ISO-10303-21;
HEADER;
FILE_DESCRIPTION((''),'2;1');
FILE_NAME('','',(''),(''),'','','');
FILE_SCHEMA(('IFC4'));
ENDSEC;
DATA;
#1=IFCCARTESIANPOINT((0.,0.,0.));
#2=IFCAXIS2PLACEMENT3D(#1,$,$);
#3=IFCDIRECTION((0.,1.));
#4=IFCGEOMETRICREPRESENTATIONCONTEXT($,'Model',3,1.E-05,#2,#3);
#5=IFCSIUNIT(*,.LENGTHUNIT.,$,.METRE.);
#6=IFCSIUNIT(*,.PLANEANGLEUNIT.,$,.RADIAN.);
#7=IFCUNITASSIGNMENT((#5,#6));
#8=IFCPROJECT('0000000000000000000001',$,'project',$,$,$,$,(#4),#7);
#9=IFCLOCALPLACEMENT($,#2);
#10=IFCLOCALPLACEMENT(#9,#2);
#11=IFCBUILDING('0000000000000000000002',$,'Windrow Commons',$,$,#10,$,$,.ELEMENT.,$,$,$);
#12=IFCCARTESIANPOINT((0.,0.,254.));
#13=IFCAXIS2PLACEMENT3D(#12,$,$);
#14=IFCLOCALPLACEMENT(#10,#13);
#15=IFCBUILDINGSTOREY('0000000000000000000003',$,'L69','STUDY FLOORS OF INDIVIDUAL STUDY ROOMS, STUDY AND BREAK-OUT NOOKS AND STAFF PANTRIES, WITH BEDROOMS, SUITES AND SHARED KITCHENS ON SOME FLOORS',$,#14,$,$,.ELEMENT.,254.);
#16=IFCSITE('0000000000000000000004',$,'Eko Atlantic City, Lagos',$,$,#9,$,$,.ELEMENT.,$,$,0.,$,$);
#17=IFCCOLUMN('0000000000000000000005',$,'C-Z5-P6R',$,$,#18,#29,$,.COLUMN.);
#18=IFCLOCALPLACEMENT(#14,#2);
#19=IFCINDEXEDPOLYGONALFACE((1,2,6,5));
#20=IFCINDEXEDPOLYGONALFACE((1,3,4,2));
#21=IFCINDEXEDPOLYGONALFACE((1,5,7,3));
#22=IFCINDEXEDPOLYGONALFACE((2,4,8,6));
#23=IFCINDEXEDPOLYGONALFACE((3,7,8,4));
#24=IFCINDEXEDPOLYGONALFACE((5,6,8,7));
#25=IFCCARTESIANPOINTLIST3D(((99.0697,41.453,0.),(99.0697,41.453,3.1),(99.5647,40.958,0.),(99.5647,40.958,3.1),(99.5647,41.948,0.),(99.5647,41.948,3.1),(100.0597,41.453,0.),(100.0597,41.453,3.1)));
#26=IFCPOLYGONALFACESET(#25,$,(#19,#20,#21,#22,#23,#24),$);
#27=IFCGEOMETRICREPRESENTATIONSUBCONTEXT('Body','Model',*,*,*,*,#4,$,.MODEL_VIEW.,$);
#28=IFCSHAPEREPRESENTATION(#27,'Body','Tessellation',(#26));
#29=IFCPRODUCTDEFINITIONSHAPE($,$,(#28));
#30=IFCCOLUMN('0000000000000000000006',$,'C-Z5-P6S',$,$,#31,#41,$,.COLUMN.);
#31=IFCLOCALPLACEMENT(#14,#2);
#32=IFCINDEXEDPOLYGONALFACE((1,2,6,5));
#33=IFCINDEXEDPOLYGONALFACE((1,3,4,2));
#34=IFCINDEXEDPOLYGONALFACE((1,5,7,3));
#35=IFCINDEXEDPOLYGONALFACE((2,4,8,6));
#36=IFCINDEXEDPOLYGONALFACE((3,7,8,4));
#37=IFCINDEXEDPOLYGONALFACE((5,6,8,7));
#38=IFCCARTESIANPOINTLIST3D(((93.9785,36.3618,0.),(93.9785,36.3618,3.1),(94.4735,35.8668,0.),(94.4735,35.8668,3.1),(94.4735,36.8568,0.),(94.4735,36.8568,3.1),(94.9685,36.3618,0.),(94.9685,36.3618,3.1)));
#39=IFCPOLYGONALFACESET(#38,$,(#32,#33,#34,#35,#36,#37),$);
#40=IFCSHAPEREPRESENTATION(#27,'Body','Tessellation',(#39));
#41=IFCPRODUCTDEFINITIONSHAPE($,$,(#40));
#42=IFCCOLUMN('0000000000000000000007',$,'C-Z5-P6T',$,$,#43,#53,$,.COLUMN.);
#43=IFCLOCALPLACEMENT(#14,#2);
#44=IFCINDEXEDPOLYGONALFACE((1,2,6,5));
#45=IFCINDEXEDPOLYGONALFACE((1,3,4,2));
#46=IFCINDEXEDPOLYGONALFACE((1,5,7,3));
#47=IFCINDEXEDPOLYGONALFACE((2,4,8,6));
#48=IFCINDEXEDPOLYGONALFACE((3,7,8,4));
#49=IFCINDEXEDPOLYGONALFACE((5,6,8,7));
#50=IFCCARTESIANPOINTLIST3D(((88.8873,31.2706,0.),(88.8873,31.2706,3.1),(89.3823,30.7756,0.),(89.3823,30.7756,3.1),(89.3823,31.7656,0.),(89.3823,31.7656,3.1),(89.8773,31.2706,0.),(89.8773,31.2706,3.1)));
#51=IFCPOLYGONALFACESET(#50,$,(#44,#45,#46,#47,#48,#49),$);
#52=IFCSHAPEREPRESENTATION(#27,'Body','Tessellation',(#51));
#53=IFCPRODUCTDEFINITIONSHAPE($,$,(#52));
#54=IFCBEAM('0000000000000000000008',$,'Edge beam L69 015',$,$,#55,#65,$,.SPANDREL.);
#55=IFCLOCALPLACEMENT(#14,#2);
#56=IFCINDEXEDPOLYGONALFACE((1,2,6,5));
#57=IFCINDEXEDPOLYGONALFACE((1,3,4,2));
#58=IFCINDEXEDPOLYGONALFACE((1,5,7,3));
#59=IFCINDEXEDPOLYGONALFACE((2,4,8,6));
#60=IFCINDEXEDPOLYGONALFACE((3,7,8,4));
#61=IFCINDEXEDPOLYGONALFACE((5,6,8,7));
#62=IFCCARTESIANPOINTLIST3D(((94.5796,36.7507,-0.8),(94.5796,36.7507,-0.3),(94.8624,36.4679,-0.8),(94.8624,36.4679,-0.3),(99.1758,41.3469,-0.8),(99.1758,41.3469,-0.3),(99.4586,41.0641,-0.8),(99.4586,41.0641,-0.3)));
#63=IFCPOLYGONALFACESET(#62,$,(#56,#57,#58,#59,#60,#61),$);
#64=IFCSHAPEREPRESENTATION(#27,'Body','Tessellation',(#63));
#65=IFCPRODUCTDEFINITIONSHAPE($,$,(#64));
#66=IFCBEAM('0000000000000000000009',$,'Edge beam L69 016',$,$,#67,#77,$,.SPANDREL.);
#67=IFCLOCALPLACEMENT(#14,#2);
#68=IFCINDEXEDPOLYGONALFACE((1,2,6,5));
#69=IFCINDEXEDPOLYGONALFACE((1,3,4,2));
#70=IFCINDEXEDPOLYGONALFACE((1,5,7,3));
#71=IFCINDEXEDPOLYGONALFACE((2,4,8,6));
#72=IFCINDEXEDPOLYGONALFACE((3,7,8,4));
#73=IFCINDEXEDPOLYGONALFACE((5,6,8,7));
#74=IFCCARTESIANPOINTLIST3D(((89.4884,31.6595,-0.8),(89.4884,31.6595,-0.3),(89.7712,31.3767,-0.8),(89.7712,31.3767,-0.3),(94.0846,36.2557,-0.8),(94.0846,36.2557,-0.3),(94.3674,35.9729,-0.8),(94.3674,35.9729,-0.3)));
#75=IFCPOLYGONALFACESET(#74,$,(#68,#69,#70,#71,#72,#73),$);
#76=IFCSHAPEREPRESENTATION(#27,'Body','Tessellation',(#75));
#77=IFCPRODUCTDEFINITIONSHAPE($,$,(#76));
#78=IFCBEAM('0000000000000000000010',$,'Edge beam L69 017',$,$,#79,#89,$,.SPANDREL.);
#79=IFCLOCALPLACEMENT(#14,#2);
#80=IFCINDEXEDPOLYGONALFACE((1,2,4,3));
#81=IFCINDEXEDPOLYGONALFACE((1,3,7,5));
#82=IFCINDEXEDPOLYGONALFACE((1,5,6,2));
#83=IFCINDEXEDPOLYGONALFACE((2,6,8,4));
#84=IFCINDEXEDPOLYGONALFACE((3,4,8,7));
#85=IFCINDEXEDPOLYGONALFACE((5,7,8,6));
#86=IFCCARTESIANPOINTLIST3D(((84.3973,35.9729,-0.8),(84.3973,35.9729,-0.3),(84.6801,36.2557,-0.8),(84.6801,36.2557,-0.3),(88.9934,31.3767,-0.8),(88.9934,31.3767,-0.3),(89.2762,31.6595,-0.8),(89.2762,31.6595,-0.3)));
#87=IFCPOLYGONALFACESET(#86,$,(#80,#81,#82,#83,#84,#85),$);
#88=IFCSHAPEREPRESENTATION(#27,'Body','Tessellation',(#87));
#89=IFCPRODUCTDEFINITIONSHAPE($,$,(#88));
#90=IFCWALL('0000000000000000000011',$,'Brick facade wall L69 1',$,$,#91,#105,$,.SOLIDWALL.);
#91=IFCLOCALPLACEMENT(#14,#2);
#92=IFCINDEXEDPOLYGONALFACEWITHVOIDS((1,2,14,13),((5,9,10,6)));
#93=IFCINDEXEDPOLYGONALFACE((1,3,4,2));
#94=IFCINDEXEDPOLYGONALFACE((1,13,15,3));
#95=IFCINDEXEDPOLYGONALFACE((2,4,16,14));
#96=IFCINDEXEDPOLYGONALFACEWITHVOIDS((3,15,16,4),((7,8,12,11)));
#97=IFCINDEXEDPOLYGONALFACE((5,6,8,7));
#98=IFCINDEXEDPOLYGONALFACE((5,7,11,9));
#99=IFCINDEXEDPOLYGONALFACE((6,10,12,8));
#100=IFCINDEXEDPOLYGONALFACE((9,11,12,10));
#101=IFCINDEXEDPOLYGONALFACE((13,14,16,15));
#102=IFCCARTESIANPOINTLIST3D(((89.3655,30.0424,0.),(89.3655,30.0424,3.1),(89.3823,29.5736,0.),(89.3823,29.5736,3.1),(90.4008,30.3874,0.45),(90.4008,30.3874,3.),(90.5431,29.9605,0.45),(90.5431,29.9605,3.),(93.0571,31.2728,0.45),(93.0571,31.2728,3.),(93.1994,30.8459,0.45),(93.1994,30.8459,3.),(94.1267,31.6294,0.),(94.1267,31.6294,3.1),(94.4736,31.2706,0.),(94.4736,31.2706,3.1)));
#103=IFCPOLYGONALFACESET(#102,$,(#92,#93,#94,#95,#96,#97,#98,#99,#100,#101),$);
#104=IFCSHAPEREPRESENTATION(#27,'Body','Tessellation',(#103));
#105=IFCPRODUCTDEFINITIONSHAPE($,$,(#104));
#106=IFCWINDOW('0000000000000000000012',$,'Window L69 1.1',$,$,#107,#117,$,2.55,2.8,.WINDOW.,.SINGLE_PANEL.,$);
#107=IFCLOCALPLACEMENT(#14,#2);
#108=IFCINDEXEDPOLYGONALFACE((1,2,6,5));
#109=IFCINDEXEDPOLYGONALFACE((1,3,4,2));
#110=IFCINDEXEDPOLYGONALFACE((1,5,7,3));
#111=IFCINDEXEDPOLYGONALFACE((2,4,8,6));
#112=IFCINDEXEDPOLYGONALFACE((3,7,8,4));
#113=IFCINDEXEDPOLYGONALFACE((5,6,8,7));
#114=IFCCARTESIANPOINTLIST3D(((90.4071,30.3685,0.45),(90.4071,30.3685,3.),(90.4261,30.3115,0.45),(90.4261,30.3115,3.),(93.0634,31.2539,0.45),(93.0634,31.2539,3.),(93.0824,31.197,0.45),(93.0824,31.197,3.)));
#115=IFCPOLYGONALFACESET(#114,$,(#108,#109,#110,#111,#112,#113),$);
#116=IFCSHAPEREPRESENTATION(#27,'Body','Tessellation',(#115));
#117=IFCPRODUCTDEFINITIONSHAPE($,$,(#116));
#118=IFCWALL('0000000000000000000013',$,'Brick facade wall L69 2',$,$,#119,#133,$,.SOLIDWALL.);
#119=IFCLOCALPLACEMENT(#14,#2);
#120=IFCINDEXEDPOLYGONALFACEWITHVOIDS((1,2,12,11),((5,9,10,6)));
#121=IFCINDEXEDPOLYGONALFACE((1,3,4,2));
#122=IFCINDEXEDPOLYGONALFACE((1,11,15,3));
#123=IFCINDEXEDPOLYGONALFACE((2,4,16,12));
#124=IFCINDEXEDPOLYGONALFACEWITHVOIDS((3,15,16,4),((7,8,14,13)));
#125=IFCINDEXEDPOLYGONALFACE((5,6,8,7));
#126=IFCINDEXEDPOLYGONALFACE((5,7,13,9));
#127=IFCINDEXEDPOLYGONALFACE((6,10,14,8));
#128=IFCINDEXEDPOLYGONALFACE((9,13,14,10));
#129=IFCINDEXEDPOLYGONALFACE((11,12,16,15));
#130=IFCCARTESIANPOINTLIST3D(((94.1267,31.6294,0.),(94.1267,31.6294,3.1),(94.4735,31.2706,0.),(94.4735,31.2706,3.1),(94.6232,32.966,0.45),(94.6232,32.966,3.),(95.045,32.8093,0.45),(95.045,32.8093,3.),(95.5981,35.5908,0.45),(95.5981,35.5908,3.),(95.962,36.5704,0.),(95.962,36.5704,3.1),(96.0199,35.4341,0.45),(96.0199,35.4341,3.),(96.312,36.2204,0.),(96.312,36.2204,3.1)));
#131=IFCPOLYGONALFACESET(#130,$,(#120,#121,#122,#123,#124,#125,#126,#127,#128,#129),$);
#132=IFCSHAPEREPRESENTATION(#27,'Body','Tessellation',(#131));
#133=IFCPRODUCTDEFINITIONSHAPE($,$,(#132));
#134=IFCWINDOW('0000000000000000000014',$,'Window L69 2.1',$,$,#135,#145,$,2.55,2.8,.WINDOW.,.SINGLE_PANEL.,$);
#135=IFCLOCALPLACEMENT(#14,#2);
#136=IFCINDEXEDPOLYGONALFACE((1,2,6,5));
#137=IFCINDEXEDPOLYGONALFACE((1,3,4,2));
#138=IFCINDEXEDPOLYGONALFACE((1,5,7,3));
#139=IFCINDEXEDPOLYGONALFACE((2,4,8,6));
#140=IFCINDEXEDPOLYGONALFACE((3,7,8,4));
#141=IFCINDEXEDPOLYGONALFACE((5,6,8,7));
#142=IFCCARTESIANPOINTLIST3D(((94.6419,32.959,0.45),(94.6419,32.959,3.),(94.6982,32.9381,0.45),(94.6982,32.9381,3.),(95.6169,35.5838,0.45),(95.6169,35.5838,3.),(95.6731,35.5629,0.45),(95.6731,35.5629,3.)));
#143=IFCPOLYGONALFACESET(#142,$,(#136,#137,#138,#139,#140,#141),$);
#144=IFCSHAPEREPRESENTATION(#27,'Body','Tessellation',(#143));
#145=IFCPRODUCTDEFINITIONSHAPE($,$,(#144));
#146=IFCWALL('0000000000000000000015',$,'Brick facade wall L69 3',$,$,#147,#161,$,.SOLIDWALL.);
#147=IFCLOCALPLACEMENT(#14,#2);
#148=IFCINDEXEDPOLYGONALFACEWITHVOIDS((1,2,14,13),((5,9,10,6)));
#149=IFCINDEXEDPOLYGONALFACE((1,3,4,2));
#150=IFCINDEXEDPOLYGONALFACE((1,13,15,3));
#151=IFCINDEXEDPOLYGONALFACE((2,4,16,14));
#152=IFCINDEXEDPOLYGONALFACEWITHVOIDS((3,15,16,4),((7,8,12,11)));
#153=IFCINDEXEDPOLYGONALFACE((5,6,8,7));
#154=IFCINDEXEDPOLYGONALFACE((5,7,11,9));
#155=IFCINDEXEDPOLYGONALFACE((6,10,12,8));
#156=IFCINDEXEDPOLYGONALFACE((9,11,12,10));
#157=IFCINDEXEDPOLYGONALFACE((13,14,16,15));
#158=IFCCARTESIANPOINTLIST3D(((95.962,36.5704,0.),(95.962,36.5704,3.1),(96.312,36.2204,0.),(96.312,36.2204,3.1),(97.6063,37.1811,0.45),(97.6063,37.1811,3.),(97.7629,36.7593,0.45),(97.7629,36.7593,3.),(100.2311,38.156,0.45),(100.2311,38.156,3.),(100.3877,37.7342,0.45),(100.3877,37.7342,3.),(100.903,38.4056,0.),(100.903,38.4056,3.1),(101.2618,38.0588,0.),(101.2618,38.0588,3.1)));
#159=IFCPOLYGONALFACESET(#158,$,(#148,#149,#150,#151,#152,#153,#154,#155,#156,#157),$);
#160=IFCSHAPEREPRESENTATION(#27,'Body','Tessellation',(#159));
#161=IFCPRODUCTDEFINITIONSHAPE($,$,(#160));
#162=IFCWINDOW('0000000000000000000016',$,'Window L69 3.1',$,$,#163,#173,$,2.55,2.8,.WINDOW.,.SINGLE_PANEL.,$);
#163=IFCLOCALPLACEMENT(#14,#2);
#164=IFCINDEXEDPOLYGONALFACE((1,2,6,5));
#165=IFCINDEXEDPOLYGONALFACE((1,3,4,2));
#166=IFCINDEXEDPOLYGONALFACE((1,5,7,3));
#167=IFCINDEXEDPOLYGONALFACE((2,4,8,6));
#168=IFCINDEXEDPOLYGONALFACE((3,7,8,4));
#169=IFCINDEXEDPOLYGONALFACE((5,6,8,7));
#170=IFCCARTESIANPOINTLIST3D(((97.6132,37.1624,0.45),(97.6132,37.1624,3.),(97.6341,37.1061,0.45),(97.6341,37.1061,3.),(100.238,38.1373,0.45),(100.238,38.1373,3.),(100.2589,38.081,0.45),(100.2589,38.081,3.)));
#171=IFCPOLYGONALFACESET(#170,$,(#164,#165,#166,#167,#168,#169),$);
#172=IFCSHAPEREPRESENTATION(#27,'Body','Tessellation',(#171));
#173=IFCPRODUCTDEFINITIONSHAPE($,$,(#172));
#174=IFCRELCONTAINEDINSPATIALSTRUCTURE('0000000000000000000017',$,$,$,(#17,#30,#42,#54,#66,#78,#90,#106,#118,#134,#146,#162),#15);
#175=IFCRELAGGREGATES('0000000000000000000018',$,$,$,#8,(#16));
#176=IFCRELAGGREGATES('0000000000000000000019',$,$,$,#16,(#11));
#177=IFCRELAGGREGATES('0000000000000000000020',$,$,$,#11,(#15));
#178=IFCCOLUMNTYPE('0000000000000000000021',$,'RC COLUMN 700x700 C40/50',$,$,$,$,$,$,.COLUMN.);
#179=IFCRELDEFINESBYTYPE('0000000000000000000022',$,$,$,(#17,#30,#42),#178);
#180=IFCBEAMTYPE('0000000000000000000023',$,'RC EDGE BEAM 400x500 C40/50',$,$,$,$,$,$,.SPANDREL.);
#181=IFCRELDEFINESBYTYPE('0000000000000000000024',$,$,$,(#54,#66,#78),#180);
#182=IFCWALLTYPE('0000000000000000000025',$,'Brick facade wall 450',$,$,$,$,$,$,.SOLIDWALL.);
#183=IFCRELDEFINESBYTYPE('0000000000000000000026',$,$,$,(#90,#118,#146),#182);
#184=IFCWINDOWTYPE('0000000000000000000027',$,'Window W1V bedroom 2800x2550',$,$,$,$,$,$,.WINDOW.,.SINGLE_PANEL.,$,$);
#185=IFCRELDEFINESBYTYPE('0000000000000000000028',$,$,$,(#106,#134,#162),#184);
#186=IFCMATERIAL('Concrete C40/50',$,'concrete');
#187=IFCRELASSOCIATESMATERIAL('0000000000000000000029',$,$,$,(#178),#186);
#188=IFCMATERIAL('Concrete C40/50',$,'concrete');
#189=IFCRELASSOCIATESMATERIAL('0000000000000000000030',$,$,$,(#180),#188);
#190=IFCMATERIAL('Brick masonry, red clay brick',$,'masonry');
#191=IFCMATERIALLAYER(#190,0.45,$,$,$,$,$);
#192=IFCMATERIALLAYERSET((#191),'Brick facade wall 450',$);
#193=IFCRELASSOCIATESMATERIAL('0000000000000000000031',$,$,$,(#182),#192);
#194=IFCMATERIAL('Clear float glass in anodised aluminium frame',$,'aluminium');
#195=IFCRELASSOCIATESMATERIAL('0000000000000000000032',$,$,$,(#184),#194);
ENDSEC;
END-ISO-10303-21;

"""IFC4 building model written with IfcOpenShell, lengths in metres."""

from ifc_helpers import new_model, si_unit, direction, frame, frame_2d, origin, origin_2d, place, context, subcontext, project, spatial, polyline, rectangle, outline, extrude, material, layer, layer_set, material_profile, profile_set, type_object, element, fill, save


model = new_model("IFC4")

# Units and contexts
model_context = context("Model", 3, precision=1e-05, world=origin(), true_north=direction((0.0, 1.0)))
body_context = subcontext(model_context, "Body", "Model", "MODEL_VIEW")
ifc_project = project(units=[si_unit("LENGTHUNIT", "METRE"), si_unit("PLANEANGLEUNIT", "RADIAN")], contexts=[model_context])

# Site, building, storey
site_placement = place(None, origin())
site = spatial("IfcSite", under=ifc_project, at=site_placement, Name="Eko Atlantic City, Lagos", CompositionType="ELEMENT", RefElevation=0.0)
building_placement = place(site_placement, origin())
building = spatial("IfcBuilding", under=site, at=building_placement, Name="Windrow Commons", CompositionType="ELEMENT")
storey_placement = place(building_placement, frame((0.0, 0.0, 254.0)))
storey = spatial("IfcBuildingStorey", under=building, at=storey_placement, Name="L69", Description="STUDY FLOORS OF INDIVIDUAL STUDY ROOMS, STUDY AND BREAK-OUT NOOKS AND STAFF PANTRIES, WITH BEDROOMS, SUITES AND SHARED KITCHENS ON SOME FLOORS", CompositionType="ELEMENT", Elevation=254.0)

# Columns
ifc_material_1 = material(Name="Concrete C40/50", Category="concrete")
ifc_material_profile_1 = material_profile(ifc_material_1, rectangle(XDim=0.7, YDim=0.7, at=origin_2d()))
ifc_profile_set_1 = profile_set([ifc_material_profile_1], Name="Concrete C40/50")
column_type = type_object("IfcColumnType", Name="RC COLUMN 700x700 C40/50", PredefinedType="COLUMN", material=ifc_profile_set_1)
for number, where, z_axis, x_axis, name in (
    (1, (99.5647, 41.453, 0.0), (0.0, 0.0, 1.0), (0.707107, -0.707107, 0.0), "C-Z5-P6R"),
    (2, (94.4735, 36.3618, 0.0), (0.0, 0.0, 1.0), (0.707107, -0.707107, 0.0), "C-Z5-P6S"),
    (3, (89.3823, 31.2706, 0.0), (0.0, 0.0, 1.0), (0.707107, -0.707107, 0.0), "C-Z5-P6T"),
):
    element("IfcColumn", number, at=place(storey_placement, frame(where, z_axis=z_axis, x_axis=x_axis)), inside=storey, type_object=column_type, Name=name, PredefinedType="COLUMN", context=body_context, shape_type="SweptSolid", body=[
        extrude(rectangle(XDim=0.7, YDim=0.7, at=origin_2d()), origin(), (0.0, 0.0, 1.0), 3.1),
    ])

# Beams
ifc_material_2 = material(Name="Concrete C40/50", Category="concrete")
ifc_material_profile_2 = material_profile(ifc_material_2, rectangle(XDim=0.4, YDim=0.5, at=origin_2d()))
ifc_profile_set_2 = profile_set([ifc_material_profile_2], Name="Concrete C40/50")
beam_type = type_object("IfcBeamType", Name="RC EDGE BEAM 400x500 C40/50", PredefinedType="SPANDREL", material=ifc_profile_set_2)
for number, where, z_axis, x_axis, name in (
    (4, (99.3172, 41.2055, -0.55), (-0.707107, -0.707107, 0.0), (0.707107, -0.707107, 0.0), "Edge beam L69 015"),
    (5, (94.226, 36.1143, -0.55), (-0.707107, -0.707107, 0.0), (0.707107, -0.707107, 0.0), "Edge beam L69 016"),
):
    element("IfcBeam", number, at=place(storey_placement, frame(where, z_axis=z_axis, x_axis=x_axis)), inside=storey, type_object=beam_type, Name=name, PredefinedType="SPANDREL", context=body_context, shape_type="SweptSolid", body=[
        extrude(rectangle(XDim=0.4, YDim=0.5, at=origin_2d()), origin(), (0.0, 0.0, 1.0), 6.5),
    ])
beam_placement = place(storey_placement, frame((89.1348, 31.5181, -0.55), z_axis=(-0.707099, 0.707114, 0.0), x_axis=(-0.707114, -0.707099, 0.0)))
element("IfcBeam", 6, at=beam_placement, inside=storey, type_object=beam_type, Name="Edge beam L69 017", PredefinedType="SPANDREL", context=body_context, shape_type="SweptSolid", body=[
    extrude(rectangle(XDim=0.4, YDim=0.5, at=origin_2d()), origin(), (0.0, 0.0, 1.0), 6.4999),
])

# Walls, openings, windows
ifc_material_3 = material(Name="Brick masonry, red clay brick", Category="masonry")
ifc_layer_1 = layer(ifc_material_3, 0.45)
ifc_layer_set_1 = layer_set([ifc_layer_1], Name="Brick facade wall 450")
wall_type_1 = type_object("IfcWallType", Name="Brick facade wall 450", PredefinedType="SOLIDWALL", material=ifc_layer_set_1)
wall_1_placement = place(storey_placement, frame((89.3739, 29.808, 0.0), z_axis=(0.0, 0.0, 1.0), x_axis=(0.948687, 0.316216, 0.0)))
wall_1 = element("IfcWall", 7, at=wall_1_placement, inside=storey, type_object=wall_type_1, Name="Brick facade wall L69 1", PredefinedType="SOLIDWALL", context=body_context, shape_type="SweptSolid", body=[
    extrude(outline(polyline([(-0.0661, -0.225), (5.3005, -0.225), (5.0849, 0.225), (0.0661, 0.225), (-0.0661, -0.225)])), origin(), (0.0, 0.0, 1.0), 3.1),
])
opening_1_placement = place(wall_1_placement, frame((1.1574, 0.0, 0.45)))
opening_1 = element("IfcOpeningElement", 8, at=opening_1_placement, cuts=wall_1, PredefinedType="OPENING", context=body_context, shape_type="SweptSolid", body=[
    extrude(rectangle(XDim=2.8, YDim=2.55, at=frame_2d((1.4, 1.275))), frame((0.0, 0.235, 0.0), z_axis=(0.0, -1.0, 0.0), x_axis=(1.0, 0.0, 0.0)), (0.0, 0.0, 1.0), 0.47),
])
ifc_material_4 = material(Name="Clear float glass in anodised aluminium frame", Category="aluminium")
window_type_1 = type_object("IfcWindowType", Name="Window W1V bedroom 2800x2550", PartitioningType="SINGLE_PANEL", PredefinedType="WINDOW", material=ifc_material_4)
window_1_placement = place(opening_1_placement, origin())
window_1 = element("IfcWindow", 9, at=window_1_placement, inside=storey, type_object=window_type_1, Name="Window L69 1.1", OverallHeight=2.55, OverallWidth=2.8, PartitioningType="SINGLE_PANEL", PredefinedType="WINDOW", context=body_context, shape_type="SweptSolid", body=[
    extrude(rectangle(XDim=2.8, YDim=2.55, at=frame_2d((1.4, 1.275))), frame((0.0, 0.205, 0.0), z_axis=(0.0, -1.0, 0.0), x_axis=(1.0, 0.0, 0.0)), (0.0, 0.0, 1.0), 0.06),
])
fill(opening_1, window_1)
wall_2_placement = place(storey_placement, frame((94.3001, 31.45, 0.0), z_axis=(0.0, 0.0, 1.0), x_axis=(0.348193, 0.937423, 0.0)))
wall_2 = element("IfcWall", 10, at=wall_2_placement, inside=storey, type_object=wall_type_1, Name="Brick facade wall L69 2", PredefinedType="SOLIDWALL", context=body_context, shape_type="SweptSolid", body=[
    extrude(outline(polyline([(-0.1078, -0.225), (5.1724, -0.225), (5.3786, 0.225), (0.1078, 0.225), (-0.1078, -0.225)])), origin(), (0.0, 0.0, 1.0), 3.1),
])
opening_2_placement = place(wall_2_placement, frame((1.5336, 0.0, 0.45)))
opening_2 = element("IfcOpeningElement", 11, at=opening_2_placement, cuts=wall_2, PredefinedType="OPENING", context=body_context, shape_type="SweptSolid", body=[
    extrude(rectangle(XDim=2.8, YDim=2.55, at=frame_2d((1.4, 1.275))), frame((0.0, 0.235, 0.0), z_axis=(0.0, -1.0, 0.0), x_axis=(1.0, 0.0, 0.0)), (0.0, 0.0, 1.0), 0.47),
])
window_2_placement = place(opening_2_placement, origin())
window_2 = element("IfcWindow", 12, at=window_2_placement, inside=storey, type_object=window_type_1, Name="Window L69 2.1", OverallHeight=2.55, OverallWidth=2.8, PartitioningType="SINGLE_PANEL", PredefinedType="WINDOW", context=body_context, shape_type="SweptSolid", body=[
    extrude(rectangle(XDim=2.8, YDim=2.55, at=frame_2d((1.4, 1.275))), frame((0.0, 0.205, 0.0), z_axis=(0.0, -1.0, 0.0), x_axis=(1.0, 0.0, 0.0)), (0.0, 0.0, 1.0), 0.06),
])
fill(opening_2, window_2)
wall_3_placement = place(storey_placement, frame((96.137, 36.3954, 0.0), z_axis=(0.0, 0.0, 1.0), x_axis=(0.937429, 0.348176, 0.0)))
wall_3 = element("IfcWall", 13, at=wall_3_placement, inside=storey, type_object=wall_type_1, Name="Brick facade wall L69 3", PredefinedType="SOLIDWALL", context=body_context, shape_type="SweptSolid", body=[
    extrude(outline(polyline([(0.1031, -0.225), (5.3833, -0.225), (5.1677, 0.225), (-0.1031, 0.225), (0.1031, -0.225)])), origin(), (0.0, 0.0, 1.0), 3.1),
])
opening_3_placement = place(wall_3_placement, frame((1.6509, 0.0, 0.45)))
opening_3 = element("IfcOpeningElement", 14, at=opening_3_placement, cuts=wall_3, PredefinedType="OPENING", context=body_context, shape_type="SweptSolid", body=[
    extrude(rectangle(XDim=2.8, YDim=2.55, at=frame_2d((1.4, 1.275))), frame((0.0, 0.235, 0.0), z_axis=(0.0, -1.0, 0.0), x_axis=(1.0, 0.0, 0.0)), (0.0, 0.0, 1.0), 0.47),
])
window_3_placement = place(opening_3_placement, origin())
window_3 = element("IfcWindow", 15, at=window_3_placement, inside=storey, type_object=window_type_1, Name="Window L69 3.1", OverallHeight=2.55, OverallWidth=2.8, PartitioningType="SINGLE_PANEL", PredefinedType="WINDOW", context=body_context, shape_type="SweptSolid", body=[
    extrude(rectangle(XDim=2.8, YDim=2.55, at=frame_2d((1.4, 1.275))), frame((0.0, 0.205, 0.0), z_axis=(0.0, -1.0, 0.0), x_axis=(1.0, 0.0, 0.0)), (0.0, 0.0, 1.0), 0.06),
])
fill(opening_3, window_3)

save(model, "model.ifc")
